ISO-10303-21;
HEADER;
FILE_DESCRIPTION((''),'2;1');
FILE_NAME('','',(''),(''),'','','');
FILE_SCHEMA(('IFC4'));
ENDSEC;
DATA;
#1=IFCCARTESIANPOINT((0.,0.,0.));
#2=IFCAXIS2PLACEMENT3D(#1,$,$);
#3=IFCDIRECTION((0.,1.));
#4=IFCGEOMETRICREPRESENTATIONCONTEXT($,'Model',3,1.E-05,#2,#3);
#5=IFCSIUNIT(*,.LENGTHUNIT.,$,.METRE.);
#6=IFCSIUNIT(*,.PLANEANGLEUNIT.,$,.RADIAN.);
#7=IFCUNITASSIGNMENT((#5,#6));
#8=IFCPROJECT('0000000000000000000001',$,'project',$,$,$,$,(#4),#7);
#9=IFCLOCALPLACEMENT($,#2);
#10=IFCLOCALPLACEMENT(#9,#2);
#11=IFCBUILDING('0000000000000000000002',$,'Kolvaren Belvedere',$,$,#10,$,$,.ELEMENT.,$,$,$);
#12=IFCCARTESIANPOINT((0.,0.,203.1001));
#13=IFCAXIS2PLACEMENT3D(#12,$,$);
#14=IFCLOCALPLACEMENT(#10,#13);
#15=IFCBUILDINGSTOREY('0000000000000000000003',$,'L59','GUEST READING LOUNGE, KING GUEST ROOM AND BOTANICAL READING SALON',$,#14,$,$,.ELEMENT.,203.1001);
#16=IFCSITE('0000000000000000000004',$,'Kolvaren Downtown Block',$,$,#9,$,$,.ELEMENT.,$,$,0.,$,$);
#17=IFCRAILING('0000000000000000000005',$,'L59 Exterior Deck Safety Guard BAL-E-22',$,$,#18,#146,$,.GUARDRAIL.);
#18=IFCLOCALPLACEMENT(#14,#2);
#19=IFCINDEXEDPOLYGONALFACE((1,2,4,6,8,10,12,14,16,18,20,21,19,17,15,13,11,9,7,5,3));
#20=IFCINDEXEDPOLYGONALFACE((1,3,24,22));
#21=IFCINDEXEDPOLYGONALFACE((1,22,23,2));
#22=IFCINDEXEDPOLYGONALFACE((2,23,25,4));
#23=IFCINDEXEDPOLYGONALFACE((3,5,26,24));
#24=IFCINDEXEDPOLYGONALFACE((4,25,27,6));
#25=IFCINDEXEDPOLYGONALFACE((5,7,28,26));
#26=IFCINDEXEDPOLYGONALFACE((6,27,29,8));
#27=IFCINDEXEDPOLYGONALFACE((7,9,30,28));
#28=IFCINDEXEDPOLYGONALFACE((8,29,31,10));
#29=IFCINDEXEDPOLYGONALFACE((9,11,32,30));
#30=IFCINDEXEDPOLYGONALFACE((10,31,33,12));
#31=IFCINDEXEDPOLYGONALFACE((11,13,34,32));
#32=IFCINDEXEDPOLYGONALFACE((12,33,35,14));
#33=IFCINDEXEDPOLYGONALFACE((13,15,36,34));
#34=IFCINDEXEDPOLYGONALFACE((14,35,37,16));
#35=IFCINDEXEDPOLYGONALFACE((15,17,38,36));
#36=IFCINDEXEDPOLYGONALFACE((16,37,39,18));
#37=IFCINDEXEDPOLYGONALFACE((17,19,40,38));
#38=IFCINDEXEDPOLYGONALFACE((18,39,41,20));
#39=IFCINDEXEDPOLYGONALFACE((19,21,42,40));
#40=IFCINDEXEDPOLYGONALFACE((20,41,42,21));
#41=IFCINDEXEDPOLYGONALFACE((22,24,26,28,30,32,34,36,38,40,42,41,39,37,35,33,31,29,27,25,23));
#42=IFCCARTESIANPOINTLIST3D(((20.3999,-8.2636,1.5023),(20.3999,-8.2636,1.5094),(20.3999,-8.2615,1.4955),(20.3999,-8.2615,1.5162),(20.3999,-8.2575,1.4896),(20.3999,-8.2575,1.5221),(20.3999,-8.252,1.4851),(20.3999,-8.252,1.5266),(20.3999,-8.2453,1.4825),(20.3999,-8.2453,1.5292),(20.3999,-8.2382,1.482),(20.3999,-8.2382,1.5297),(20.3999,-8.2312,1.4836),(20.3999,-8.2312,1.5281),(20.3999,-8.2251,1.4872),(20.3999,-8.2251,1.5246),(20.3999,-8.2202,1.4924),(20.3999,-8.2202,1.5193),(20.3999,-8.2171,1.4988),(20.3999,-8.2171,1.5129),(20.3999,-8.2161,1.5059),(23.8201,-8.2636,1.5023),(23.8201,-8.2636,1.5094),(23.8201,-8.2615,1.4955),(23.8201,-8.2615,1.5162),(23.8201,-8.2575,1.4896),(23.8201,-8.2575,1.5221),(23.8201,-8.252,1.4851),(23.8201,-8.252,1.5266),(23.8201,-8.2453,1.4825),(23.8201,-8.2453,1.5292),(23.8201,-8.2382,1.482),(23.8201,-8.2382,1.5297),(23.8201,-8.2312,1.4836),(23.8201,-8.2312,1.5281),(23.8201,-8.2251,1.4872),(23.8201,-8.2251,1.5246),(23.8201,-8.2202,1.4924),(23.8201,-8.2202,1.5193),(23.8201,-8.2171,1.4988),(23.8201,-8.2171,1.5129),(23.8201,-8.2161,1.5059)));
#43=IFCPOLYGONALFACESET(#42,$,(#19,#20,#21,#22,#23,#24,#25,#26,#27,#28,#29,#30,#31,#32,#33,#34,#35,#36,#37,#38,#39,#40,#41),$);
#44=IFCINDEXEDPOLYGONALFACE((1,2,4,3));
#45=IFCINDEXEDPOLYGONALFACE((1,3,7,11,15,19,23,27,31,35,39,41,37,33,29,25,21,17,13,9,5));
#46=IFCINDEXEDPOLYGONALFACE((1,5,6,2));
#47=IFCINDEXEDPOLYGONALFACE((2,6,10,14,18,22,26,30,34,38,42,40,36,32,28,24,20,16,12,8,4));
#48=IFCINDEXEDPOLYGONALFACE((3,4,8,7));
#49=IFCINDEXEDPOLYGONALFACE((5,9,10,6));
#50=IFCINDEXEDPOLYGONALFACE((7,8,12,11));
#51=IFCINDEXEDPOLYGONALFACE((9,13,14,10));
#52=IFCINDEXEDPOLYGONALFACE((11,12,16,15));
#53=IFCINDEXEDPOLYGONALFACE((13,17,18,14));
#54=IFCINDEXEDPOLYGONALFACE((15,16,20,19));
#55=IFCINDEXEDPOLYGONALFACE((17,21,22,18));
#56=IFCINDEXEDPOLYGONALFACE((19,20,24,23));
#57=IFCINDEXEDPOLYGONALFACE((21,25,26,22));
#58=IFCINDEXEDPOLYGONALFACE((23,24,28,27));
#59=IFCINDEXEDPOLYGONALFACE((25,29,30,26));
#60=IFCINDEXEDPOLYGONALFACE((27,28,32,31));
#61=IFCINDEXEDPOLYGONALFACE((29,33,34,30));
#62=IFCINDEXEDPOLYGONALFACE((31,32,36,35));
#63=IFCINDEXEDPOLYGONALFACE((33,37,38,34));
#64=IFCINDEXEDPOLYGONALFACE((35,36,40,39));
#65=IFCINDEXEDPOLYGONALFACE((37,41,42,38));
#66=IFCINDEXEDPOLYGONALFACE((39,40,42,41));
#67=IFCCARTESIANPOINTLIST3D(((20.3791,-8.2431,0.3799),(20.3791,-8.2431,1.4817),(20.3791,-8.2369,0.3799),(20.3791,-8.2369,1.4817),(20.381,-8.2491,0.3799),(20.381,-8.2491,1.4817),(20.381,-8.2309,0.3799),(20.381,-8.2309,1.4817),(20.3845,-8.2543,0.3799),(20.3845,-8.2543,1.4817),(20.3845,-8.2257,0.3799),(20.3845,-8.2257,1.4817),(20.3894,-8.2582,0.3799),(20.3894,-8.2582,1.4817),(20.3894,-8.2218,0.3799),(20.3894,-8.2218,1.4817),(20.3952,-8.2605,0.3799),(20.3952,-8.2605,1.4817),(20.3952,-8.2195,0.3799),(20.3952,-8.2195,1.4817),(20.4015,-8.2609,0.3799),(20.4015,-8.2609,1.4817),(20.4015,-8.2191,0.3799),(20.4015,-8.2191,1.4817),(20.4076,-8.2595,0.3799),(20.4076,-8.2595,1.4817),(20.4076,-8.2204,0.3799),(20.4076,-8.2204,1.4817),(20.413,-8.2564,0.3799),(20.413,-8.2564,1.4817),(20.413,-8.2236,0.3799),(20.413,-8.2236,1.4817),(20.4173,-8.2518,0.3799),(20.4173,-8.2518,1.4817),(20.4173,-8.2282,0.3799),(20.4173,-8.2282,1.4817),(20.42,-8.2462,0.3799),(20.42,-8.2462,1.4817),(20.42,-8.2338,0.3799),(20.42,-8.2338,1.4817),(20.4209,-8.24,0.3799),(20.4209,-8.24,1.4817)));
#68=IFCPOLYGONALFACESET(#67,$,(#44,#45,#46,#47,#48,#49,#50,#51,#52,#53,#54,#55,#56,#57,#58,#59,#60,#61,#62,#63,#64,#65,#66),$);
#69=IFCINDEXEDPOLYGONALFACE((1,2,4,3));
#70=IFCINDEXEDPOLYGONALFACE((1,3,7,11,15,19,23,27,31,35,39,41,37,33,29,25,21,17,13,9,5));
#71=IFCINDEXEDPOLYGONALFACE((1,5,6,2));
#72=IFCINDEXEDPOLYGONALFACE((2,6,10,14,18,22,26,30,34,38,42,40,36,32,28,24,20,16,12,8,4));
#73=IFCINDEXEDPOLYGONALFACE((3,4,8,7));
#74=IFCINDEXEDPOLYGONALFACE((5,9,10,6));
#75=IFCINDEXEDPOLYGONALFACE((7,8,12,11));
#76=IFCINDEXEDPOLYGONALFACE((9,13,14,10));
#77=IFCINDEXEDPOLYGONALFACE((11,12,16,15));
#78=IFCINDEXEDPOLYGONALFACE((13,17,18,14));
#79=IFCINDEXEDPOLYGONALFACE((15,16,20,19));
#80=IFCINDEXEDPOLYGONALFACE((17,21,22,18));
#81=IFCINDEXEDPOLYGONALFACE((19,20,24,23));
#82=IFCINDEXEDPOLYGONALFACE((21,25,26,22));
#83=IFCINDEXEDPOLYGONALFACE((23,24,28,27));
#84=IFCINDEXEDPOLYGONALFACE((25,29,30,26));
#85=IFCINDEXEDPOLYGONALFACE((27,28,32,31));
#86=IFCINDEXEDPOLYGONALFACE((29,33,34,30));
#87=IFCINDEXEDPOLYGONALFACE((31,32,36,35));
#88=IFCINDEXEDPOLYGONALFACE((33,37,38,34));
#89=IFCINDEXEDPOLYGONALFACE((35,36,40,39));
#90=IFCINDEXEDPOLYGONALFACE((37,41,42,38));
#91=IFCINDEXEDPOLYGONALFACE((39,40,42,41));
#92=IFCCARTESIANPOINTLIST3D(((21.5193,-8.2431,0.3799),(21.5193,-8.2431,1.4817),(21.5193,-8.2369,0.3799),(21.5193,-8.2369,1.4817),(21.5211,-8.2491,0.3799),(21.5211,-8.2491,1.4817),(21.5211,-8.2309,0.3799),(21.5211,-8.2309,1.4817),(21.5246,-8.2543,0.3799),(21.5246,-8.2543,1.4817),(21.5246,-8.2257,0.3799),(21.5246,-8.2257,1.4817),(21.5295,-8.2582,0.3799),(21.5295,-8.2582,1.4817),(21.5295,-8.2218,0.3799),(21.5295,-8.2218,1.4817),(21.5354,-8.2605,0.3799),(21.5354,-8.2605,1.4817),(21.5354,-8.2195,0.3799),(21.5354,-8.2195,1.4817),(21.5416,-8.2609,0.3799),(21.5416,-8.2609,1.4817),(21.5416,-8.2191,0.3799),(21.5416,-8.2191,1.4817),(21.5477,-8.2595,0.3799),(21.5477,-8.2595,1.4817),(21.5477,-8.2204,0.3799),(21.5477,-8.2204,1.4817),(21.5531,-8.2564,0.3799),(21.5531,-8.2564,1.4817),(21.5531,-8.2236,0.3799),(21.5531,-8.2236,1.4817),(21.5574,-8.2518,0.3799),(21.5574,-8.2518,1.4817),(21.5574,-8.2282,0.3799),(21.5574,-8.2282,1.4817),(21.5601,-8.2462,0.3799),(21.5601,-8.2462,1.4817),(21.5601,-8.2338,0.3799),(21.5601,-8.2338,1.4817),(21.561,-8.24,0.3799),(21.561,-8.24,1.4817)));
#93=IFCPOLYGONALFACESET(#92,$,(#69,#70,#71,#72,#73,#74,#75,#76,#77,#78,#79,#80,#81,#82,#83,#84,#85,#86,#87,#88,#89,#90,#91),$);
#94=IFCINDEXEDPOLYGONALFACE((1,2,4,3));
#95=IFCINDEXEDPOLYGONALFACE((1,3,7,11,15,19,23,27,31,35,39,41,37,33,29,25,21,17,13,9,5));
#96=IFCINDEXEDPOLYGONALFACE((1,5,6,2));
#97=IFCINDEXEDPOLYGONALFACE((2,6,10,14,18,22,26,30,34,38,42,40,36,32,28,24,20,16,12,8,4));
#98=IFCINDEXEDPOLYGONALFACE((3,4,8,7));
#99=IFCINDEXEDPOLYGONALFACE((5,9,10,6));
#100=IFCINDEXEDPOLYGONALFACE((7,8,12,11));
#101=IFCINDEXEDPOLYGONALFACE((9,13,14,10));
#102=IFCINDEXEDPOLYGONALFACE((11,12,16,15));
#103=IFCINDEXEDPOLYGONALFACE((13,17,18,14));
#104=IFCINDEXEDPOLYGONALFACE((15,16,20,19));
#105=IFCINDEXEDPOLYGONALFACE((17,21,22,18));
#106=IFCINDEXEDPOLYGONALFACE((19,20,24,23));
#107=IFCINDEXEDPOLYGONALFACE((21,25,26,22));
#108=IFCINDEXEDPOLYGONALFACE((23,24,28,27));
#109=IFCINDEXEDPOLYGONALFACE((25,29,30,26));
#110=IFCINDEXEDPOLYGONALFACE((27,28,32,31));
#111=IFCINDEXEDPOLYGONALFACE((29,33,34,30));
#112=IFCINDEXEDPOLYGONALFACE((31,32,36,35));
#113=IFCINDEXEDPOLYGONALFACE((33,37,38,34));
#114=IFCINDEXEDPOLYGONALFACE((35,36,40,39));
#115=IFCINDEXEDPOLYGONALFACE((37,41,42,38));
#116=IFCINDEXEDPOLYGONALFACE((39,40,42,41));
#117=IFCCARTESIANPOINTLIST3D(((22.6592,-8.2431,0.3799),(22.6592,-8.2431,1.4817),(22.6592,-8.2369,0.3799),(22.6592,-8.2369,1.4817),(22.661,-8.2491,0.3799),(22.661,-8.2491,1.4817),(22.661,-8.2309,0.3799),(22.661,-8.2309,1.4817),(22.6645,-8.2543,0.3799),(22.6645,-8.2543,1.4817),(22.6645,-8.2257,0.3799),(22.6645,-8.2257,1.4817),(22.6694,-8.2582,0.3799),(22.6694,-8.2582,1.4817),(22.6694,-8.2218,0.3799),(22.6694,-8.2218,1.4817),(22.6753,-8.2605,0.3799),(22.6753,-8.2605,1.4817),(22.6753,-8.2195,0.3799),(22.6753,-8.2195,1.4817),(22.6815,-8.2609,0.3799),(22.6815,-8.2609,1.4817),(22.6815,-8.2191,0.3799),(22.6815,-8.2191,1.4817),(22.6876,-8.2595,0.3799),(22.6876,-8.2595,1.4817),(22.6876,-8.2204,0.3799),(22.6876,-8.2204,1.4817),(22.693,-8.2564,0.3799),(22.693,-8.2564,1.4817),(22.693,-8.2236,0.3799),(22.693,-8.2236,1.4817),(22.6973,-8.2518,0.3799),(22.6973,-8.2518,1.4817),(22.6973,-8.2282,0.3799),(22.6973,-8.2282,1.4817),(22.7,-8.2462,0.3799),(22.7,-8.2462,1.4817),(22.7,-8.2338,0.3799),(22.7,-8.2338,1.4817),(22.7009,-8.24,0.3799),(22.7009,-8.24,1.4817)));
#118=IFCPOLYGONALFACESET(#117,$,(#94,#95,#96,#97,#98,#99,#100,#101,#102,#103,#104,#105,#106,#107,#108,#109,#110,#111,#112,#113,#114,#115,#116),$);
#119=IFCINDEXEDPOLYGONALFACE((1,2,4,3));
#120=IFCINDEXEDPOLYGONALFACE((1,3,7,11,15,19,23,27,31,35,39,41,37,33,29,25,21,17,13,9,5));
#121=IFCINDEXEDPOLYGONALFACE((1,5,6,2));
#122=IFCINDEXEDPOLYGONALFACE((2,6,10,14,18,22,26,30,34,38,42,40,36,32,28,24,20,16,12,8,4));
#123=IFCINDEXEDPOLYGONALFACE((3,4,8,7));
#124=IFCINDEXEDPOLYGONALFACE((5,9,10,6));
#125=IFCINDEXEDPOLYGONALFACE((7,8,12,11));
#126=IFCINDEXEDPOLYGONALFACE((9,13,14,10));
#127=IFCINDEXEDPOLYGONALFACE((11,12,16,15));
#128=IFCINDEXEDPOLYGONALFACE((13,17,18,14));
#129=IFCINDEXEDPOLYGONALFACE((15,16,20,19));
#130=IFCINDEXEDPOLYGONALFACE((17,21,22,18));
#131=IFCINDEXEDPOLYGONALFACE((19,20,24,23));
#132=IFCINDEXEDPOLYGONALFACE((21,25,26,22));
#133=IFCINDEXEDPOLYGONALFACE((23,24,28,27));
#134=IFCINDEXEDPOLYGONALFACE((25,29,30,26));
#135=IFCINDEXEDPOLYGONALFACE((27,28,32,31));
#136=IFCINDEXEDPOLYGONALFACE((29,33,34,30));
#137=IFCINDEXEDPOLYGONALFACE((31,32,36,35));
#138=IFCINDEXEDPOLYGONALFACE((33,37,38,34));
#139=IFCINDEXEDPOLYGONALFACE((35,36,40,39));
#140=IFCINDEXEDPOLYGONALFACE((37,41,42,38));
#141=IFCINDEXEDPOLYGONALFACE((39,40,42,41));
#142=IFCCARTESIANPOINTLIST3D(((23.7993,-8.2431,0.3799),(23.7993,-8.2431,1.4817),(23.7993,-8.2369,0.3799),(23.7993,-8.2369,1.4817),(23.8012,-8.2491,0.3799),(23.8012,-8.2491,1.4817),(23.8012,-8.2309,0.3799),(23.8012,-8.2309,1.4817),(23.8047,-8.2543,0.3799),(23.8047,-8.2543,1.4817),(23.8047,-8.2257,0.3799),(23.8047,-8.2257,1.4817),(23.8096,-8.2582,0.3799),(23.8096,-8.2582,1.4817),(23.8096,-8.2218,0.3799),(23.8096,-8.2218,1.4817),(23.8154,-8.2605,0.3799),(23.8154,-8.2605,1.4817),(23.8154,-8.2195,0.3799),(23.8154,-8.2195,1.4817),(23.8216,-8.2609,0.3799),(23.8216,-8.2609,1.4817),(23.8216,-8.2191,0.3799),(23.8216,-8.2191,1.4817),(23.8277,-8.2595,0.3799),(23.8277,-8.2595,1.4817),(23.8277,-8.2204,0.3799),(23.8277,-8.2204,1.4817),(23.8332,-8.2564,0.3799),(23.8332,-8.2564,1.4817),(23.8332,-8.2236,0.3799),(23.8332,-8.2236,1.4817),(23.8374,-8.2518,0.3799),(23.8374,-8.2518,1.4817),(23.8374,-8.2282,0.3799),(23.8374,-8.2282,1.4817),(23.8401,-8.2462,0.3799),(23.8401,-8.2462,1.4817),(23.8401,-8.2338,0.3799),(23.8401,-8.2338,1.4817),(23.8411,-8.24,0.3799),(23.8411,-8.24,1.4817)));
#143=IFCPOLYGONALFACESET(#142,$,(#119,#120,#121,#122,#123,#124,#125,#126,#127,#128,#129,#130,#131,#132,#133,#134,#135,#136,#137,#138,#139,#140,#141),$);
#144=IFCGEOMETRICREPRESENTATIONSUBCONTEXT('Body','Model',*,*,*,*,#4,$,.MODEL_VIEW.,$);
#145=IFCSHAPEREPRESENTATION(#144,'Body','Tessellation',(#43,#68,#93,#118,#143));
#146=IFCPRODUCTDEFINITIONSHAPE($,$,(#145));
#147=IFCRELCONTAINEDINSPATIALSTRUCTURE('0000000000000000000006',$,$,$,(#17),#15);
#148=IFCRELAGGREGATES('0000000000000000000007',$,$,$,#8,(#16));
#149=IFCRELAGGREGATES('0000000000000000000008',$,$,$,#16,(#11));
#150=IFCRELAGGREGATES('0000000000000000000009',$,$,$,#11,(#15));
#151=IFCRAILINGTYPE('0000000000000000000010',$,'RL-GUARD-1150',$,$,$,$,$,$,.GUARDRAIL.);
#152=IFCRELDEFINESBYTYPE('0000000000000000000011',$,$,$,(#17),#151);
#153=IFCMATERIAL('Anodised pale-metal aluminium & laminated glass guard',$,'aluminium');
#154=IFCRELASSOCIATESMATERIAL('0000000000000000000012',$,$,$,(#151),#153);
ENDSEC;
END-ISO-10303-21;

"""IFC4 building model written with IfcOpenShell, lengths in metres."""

from ifc_helpers import new_model, si_unit, direction, frame, origin, origin_2d, place, context, subcontext, project, spatial, circle, extrude, material, type_object, element, save


model = new_model("IFC4")

# Units and contexts
model_context = context("Model", 3, precision=1e-05, world=origin(), true_north=direction((0.0, 1.0)))
body_context = subcontext(model_context, "Body", "Model", "MODEL_VIEW")
ifc_project = project(units=[si_unit("LENGTHUNIT", "METRE"), si_unit("PLANEANGLEUNIT", "RADIAN")], contexts=[model_context])

# Site, building, storey
site_placement = place(None, origin())
site = spatial("IfcSite", under=ifc_project, at=site_placement, Name="Kolvaren Downtown Block", CompositionType="ELEMENT", RefElevation=0.0)
building_placement = place(site_placement, origin())
building = spatial("IfcBuilding", under=site, at=building_placement, Name="Kolvaren Belvedere", CompositionType="ELEMENT")
storey_placement = place(building_placement, frame((0.0, 0.0, 203.1001)))
storey = spatial("IfcBuildingStorey", under=building, at=storey_placement, Name="L59", Description="GUEST READING LOUNGE, KING GUEST ROOM AND BOTANICAL READING SALON", CompositionType="ELEMENT", Elevation=203.1001)

# Railing
ifc_material_1 = material(Name="Anodised pale-metal aluminium & laminated glass guard", Category="aluminium")
railing_type = type_object("IfcRailingType", Name="RL-GUARD-1150", PredefinedType="GUARDRAIL", material=ifc_material_1)
railing_1_placement = place(storey_placement, frame((20.3999, -8.24, 0.3799)))
element("IfcRailing", 1, at=railing_1_placement, inside=storey, type_object=railing_type, Name="L59 Exterior Deck Safety Guard BAL-E-22", PredefinedType="GUARDRAIL", context=body_context, shape_type="SweptSolid", body=[
    extrude(circle(Radius=0.0239, at=origin_2d()), frame((0.0, 0.0, 1.126), z_axis=(1.0, 0.0, 0.0), x_axis=(0.0, 1.0, 0.0)), (0.0, 0.0, 1.0), 3.4202),
    extrude(circle(Radius=0.021, at=origin_2d()), origin(), (0.0, 0.0, 1.0), 1.1018),
    extrude(circle(Radius=0.021, at=origin_2d()), frame((1.1401, 0.0, 0.0)), (0.0, 0.0, 1.0), 1.1018),
    extrude(circle(Radius=0.021, at=origin_2d()), frame((2.28, 0.0, 0.0)), (0.0, 0.0, 1.0), 1.1018),
    extrude(circle(Radius=0.021, at=origin_2d()), frame((3.4202, 0.0, 0.0)), (0.0, 0.0, 1.0), 1.1018),
])

save(model, "model.ifc")
